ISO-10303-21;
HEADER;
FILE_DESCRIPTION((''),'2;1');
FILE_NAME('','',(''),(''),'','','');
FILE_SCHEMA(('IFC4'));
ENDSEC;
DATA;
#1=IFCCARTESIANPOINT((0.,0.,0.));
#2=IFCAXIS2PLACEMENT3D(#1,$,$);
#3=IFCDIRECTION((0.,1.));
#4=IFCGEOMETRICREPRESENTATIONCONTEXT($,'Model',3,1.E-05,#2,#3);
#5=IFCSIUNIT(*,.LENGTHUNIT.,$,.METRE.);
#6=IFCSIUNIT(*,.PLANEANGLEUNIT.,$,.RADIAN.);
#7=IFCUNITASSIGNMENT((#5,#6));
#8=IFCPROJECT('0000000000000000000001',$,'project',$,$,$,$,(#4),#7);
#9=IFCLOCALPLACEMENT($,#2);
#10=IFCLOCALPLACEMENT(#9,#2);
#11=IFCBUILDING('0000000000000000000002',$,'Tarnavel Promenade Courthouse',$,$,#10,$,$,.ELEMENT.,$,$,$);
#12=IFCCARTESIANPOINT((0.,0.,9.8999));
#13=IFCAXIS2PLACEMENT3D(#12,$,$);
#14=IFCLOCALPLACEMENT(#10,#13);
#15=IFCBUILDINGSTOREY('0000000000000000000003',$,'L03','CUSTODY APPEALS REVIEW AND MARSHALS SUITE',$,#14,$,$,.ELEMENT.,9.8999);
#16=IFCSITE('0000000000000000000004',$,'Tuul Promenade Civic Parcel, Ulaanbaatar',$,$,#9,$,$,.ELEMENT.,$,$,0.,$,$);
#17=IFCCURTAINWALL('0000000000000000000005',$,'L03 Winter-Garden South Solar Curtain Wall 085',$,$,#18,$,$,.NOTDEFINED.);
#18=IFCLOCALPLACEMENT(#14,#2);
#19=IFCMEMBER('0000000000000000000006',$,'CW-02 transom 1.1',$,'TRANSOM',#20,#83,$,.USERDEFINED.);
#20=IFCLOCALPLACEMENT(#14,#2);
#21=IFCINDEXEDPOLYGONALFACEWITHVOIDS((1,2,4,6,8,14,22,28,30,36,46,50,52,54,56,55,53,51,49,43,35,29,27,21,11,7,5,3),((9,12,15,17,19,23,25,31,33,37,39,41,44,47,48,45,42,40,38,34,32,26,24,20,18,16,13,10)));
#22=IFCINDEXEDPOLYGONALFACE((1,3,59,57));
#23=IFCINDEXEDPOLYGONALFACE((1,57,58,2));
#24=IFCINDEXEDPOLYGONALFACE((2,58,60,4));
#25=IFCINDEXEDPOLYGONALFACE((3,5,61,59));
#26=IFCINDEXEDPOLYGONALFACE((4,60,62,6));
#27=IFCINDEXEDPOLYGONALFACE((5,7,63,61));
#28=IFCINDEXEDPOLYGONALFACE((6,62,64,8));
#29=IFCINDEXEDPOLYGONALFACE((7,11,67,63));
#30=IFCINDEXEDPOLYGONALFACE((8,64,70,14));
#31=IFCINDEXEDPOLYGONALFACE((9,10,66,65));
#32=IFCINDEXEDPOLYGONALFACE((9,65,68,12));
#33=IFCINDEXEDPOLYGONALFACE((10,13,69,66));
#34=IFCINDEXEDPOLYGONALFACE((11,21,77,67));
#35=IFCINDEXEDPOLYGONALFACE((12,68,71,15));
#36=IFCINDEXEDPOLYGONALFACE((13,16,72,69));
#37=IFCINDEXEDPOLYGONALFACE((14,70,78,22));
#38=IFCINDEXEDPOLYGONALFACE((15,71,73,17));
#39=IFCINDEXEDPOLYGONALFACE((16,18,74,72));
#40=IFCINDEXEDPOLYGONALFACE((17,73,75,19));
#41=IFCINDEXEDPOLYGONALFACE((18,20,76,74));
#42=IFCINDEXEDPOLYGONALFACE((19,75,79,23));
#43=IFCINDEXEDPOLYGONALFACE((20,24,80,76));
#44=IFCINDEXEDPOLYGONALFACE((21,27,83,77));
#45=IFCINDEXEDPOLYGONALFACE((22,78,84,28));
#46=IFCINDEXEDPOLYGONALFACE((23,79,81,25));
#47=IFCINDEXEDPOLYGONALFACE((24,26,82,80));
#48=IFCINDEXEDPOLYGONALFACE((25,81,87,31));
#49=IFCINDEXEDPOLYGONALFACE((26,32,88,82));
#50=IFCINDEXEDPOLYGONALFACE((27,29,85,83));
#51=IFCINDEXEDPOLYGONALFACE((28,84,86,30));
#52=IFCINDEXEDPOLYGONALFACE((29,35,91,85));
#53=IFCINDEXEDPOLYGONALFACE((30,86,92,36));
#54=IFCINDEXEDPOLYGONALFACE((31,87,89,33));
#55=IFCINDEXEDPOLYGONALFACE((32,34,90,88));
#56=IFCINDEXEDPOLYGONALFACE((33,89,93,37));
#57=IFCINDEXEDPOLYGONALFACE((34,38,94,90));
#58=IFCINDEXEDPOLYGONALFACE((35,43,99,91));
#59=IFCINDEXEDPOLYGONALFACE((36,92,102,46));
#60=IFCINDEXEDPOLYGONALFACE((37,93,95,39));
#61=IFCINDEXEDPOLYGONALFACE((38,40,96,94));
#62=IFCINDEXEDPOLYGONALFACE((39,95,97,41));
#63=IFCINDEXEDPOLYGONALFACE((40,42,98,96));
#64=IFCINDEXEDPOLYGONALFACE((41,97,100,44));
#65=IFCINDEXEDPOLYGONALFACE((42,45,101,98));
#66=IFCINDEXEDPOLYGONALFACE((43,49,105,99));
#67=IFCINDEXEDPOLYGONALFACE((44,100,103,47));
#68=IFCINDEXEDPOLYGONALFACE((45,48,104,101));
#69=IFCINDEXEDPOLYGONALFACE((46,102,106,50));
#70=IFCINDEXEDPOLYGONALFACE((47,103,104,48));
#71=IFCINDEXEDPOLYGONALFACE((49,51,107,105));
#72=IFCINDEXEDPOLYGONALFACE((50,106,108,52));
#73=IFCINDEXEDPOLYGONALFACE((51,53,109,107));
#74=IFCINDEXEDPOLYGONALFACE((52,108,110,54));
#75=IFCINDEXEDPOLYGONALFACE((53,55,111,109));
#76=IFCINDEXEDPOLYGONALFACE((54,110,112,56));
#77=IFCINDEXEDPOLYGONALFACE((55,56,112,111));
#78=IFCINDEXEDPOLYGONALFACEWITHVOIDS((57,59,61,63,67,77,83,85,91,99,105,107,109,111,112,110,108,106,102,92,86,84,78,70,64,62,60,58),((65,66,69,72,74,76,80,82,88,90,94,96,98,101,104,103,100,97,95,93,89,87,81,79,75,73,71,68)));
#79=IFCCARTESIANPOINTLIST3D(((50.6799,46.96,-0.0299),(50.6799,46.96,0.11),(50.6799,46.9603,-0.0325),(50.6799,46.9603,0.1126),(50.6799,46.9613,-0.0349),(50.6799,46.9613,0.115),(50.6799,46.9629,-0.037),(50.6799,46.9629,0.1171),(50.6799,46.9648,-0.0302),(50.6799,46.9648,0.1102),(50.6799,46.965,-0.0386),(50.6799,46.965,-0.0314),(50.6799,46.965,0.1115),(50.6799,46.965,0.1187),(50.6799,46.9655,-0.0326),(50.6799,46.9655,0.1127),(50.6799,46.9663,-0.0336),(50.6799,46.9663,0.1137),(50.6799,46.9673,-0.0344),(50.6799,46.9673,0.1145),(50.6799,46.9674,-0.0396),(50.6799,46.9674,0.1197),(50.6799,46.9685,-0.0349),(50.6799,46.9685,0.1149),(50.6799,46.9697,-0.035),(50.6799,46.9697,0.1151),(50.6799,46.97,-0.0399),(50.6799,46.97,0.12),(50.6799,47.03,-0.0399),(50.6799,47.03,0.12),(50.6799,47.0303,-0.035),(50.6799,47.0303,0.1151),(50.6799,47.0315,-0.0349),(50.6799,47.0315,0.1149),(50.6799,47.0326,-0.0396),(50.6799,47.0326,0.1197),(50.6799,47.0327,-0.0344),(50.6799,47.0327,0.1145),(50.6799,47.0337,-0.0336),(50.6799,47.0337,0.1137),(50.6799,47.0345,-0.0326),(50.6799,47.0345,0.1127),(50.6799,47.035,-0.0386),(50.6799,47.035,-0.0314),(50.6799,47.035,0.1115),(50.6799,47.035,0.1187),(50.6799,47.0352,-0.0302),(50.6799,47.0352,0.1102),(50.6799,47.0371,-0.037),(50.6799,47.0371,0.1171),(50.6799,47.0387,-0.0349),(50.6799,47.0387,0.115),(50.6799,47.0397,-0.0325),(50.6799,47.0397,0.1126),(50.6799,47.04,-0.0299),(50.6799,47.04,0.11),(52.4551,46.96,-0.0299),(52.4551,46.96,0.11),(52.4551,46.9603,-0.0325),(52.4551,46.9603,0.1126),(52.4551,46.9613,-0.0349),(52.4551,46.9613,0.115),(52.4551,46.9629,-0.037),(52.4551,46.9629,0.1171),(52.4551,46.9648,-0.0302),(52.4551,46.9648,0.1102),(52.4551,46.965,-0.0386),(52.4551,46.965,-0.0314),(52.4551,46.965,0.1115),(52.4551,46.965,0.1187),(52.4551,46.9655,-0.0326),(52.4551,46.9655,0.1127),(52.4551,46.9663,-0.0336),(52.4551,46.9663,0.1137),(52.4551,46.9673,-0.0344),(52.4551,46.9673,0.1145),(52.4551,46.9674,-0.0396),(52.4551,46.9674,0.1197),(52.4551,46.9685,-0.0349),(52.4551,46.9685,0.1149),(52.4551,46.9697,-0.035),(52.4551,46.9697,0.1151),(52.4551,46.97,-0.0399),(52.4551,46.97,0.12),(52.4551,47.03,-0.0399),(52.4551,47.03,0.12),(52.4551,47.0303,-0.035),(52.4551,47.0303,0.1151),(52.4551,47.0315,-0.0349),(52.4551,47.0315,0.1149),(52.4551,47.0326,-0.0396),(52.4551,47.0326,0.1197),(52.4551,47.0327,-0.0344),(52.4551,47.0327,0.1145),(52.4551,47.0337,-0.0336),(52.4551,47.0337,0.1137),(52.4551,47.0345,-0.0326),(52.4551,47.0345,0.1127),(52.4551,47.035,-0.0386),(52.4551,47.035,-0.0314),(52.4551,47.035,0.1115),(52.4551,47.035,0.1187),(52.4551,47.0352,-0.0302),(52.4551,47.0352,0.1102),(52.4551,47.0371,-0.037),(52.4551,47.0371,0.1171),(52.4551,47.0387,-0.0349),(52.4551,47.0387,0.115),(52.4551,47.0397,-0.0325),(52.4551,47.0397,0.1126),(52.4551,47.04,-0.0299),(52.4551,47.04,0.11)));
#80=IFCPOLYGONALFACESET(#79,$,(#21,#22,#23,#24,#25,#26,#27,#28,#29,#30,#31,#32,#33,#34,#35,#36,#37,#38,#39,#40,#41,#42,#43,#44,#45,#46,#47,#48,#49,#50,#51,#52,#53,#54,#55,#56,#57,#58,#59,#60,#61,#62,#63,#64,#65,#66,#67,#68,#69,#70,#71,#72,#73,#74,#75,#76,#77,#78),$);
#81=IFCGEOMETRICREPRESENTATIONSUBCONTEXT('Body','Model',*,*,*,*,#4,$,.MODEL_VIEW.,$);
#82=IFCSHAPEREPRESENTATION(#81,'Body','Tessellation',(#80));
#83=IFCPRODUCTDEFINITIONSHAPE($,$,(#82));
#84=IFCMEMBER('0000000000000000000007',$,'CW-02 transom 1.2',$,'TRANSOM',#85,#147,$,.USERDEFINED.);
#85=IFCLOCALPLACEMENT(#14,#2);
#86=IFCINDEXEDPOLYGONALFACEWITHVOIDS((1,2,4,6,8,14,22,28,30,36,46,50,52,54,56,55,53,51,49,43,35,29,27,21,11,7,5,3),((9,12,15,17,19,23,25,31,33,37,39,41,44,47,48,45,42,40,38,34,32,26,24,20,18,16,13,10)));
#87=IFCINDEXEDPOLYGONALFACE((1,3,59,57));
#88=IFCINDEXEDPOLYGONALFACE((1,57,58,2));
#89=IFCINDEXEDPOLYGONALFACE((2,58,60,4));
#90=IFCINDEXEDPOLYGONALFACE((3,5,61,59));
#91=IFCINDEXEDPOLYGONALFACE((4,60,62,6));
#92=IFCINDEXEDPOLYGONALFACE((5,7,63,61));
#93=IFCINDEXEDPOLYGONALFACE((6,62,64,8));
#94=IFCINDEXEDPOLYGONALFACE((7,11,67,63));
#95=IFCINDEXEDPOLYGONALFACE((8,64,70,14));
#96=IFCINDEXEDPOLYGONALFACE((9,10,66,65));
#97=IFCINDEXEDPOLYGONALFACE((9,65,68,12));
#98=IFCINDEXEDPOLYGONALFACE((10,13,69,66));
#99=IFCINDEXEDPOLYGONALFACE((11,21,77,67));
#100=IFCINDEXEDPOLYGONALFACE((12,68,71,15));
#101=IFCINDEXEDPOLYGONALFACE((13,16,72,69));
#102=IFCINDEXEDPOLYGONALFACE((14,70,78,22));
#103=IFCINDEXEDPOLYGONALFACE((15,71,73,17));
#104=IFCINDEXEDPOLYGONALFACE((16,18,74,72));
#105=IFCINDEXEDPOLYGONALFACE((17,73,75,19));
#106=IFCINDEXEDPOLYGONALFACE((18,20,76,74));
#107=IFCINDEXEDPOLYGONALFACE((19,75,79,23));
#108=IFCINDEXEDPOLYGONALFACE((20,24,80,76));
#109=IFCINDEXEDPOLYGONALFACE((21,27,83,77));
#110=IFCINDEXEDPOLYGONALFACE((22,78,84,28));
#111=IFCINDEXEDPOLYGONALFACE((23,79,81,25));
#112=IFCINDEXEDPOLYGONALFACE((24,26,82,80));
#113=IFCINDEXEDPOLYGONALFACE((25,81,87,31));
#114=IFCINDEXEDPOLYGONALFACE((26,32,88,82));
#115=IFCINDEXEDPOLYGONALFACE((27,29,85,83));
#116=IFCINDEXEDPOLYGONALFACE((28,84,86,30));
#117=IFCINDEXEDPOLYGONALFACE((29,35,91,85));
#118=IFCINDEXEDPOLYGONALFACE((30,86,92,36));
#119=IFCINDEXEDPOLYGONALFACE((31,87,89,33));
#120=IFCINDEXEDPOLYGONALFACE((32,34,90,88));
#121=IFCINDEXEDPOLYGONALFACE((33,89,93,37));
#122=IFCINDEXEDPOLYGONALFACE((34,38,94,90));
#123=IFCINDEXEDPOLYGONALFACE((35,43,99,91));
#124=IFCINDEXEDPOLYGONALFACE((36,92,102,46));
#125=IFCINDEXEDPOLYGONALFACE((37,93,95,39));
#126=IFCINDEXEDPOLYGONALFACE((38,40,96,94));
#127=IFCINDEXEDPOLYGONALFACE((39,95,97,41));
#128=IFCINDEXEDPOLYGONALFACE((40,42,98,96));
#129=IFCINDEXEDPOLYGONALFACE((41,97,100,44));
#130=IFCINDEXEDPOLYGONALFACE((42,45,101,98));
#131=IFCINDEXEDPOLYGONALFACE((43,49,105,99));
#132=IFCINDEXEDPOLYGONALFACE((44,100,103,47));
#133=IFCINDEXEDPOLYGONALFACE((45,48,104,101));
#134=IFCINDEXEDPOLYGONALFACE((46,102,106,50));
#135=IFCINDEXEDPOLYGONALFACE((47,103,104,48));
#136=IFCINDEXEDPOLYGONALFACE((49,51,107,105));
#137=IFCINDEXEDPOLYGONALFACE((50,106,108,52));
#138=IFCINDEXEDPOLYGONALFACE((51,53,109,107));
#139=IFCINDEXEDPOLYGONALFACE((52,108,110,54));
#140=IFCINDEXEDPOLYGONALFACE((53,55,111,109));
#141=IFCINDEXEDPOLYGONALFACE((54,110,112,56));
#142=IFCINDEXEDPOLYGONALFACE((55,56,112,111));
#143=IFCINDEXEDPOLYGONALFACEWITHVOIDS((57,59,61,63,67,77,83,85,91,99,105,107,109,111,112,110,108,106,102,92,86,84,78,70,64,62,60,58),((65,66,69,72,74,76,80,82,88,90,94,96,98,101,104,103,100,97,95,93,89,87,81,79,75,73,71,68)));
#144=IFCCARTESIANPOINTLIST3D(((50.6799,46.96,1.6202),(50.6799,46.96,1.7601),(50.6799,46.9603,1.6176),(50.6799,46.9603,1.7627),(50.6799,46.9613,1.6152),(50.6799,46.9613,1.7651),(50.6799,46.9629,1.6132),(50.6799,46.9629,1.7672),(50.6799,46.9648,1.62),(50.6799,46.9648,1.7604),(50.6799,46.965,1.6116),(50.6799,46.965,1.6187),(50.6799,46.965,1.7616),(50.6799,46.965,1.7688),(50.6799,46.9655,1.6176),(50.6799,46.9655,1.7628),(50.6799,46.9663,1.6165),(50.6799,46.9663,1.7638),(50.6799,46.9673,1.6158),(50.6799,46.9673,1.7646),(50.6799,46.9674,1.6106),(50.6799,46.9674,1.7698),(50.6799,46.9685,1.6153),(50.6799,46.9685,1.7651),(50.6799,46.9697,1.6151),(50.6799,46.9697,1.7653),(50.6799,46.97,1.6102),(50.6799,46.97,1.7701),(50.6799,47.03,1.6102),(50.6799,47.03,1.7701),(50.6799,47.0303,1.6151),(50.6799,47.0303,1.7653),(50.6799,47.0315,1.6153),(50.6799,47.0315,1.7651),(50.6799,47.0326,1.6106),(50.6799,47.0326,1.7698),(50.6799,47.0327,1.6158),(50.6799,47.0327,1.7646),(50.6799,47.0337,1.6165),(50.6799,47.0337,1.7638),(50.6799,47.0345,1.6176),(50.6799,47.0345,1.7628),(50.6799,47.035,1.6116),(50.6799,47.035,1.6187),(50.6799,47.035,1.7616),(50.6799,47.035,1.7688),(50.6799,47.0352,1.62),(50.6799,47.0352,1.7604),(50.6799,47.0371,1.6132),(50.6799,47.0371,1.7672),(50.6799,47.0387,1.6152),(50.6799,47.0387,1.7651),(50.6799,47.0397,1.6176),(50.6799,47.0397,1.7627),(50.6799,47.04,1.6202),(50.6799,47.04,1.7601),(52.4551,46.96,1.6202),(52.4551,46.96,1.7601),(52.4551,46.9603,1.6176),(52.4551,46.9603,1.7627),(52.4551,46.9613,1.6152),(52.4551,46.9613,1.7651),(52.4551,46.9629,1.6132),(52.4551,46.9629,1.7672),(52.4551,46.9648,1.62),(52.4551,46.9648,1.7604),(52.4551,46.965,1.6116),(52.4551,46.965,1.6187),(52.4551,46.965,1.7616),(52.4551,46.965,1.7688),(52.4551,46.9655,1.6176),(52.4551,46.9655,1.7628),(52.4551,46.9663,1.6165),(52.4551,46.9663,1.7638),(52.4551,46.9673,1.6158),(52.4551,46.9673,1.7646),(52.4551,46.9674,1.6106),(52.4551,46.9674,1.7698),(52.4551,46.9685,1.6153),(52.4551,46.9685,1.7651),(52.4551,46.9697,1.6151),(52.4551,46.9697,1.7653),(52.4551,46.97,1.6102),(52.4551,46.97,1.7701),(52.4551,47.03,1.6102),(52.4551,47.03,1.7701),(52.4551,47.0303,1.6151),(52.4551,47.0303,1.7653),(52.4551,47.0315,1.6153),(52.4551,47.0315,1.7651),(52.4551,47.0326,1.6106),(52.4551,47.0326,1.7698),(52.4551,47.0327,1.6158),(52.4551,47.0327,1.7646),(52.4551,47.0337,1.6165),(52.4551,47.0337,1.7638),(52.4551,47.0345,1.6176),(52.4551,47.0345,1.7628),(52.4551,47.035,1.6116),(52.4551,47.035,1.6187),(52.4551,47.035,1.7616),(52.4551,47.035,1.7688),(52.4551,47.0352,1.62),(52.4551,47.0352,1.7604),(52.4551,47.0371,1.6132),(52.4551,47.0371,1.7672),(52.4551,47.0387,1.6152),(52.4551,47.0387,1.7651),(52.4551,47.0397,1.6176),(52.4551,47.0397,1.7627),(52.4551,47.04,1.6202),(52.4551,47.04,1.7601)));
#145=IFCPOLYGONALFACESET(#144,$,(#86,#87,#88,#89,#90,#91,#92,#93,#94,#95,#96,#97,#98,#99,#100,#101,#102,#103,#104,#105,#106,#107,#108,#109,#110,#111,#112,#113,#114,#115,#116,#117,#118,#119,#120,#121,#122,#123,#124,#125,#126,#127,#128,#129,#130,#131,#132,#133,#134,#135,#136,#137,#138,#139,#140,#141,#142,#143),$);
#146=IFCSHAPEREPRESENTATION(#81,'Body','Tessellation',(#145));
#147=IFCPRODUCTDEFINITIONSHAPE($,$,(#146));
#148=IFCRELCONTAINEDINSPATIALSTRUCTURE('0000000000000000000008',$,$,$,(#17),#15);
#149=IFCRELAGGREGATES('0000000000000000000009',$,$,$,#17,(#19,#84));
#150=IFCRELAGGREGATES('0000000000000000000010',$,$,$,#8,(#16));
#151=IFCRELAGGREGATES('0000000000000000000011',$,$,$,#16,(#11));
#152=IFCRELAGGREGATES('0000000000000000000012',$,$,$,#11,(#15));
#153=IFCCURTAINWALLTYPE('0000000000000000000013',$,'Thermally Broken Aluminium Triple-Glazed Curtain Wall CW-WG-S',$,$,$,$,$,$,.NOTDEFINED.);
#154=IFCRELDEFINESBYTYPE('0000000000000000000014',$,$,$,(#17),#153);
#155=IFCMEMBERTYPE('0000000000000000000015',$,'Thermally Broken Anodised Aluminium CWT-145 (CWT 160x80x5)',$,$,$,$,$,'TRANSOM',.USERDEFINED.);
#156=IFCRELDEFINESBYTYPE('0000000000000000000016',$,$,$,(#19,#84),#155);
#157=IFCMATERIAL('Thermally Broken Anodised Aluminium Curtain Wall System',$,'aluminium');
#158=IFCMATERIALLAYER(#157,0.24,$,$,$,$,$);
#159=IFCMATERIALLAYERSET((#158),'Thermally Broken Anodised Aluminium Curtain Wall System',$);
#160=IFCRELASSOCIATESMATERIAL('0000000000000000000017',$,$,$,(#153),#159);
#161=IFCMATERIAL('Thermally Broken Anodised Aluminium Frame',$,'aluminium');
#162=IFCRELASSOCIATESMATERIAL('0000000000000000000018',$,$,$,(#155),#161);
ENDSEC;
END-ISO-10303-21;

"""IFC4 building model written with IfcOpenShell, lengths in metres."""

from ifc_helpers import new_model, si_unit, direction, frame, origin, origin_2d, place, context, subcontext, project, spatial, hollow_rectangle, extrude, material, layer, layer_set, material_profile, profile_set, type_object, element, aggregate, save


model = new_model("IFC4")

# Units and contexts
model_context = context("Model", 3, precision=1e-05, world=origin(), true_north=direction((0.0, 1.0)))
body_context = subcontext(model_context, "Body", "Model", "MODEL_VIEW")
ifc_project = project(units=[si_unit("LENGTHUNIT", "METRE"), si_unit("PLANEANGLEUNIT", "RADIAN")], contexts=[model_context])

# Site, building, storey
site_placement = place(None, origin())
site = spatial("IfcSite", under=ifc_project, at=site_placement, Name="Tuul Promenade Civic Parcel, Ulaanbaatar", CompositionType="ELEMENT", RefElevation=0.0)
building_placement = place(site_placement, origin())
building = spatial("IfcBuilding", under=site, at=building_placement, Name="Tarnavel Promenade Courthouse", CompositionType="ELEMENT")
storey_placement = place(building_placement, frame((0.0, 0.0, 9.8999)))
storey = spatial("IfcBuildingStorey", under=building, at=storey_placement, Name="L03", Description="CUSTODY APPEALS REVIEW AND MARSHALS SUITE", CompositionType="ELEMENT", Elevation=9.8999)

# Shared definitions
ifc_material_1 = material(Name="Thermally Broken Anodised Aluminium Curtain Wall System", Category="aluminium")
ifc_layer_1 = layer(ifc_material_1, 0.24)
ifc_layer_set_1 = layer_set([ifc_layer_1], Name="Thermally Broken Anodised Aluminium Curtain Wall System")
curtain_wall_type = type_object("IfcCurtainWallType", Name="Thermally Broken Aluminium Triple-Glazed Curtain Wall CW-WG-S", PredefinedType="NOTDEFINED", material=ifc_layer_set_1)
ifc_material_2 = material(Name="Thermally Broken Anodised Aluminium Frame", Category="aluminium")

# Curtain wall
curtain_wall_1_placement = place(storey_placement, origin())
curtain_wall_1 = element("IfcCurtainWall", 1, at=curtain_wall_1_placement, inside=storey, type_object=curtain_wall_type, Name="L03 Winter-Garden South Solar Curtain Wall 085", PredefinedType="NOTDEFINED")

# Members
ifc_material_profile_1 = material_profile(ifc_material_2, hollow_rectangle(XDim=0.0801, YDim=0.1599, WallThickness=0.0049, InnerFilletRadius=0.0049, OuterFilletRadius=0.01, at=origin_2d()), Name="CWT 160x80x5")
ifc_profile_set_1 = profile_set([ifc_material_profile_1], Name="Thermally Broken Anodised Aluminium Frame")
member_type_1 = type_object("IfcMemberType", Name="Thermally Broken Anodised Aluminium CWT-145 (CWT 160x80x5)", ElementType="TRANSOM", PredefinedType="USERDEFINED", material=ifc_profile_set_1)
member_1_placement = place(storey_placement, frame((50.6799, 47.0, 0.04), z_axis=(1.0, 0.0, 0.0), x_axis=(0.0, 1.0, 0.0)))
member_1 = element("IfcMember", 2, at=member_1_placement, type_object=member_type_1, Name="CW-02 transom 1.1", ObjectType="TRANSOM", PredefinedType="USERDEFINED", context=body_context, shape_type="SweptSolid", body=[
    extrude(hollow_rectangle(XDim=0.0801, YDim=0.1599, WallThickness=0.0049, InnerFilletRadius=0.0049, OuterFilletRadius=0.01, at=origin_2d()), origin(), (0.0, 0.0, 1.0), 1.7751),
])
member_2_placement = place(storey_placement, frame((50.6799, 47.0, 1.6902), z_axis=(1.0, 0.0, 0.0), x_axis=(0.0, 1.0, 0.0)))
member_2 = element("IfcMember", 3, at=member_2_placement, type_object=member_type_1, Name="CW-02 transom 1.2", ObjectType="TRANSOM", PredefinedType="USERDEFINED", context=body_context, shape_type="SweptSolid", body=[
    extrude(hollow_rectangle(XDim=0.0801, YDim=0.1599, WallThickness=0.0049, InnerFilletRadius=0.0049, OuterFilletRadius=0.01, at=origin_2d()), origin(), (0.0, 0.0, 1.0), 1.7751),
])

aggregate(curtain_wall_1, [member_1, member_2])

save(model, "model.ifc")
